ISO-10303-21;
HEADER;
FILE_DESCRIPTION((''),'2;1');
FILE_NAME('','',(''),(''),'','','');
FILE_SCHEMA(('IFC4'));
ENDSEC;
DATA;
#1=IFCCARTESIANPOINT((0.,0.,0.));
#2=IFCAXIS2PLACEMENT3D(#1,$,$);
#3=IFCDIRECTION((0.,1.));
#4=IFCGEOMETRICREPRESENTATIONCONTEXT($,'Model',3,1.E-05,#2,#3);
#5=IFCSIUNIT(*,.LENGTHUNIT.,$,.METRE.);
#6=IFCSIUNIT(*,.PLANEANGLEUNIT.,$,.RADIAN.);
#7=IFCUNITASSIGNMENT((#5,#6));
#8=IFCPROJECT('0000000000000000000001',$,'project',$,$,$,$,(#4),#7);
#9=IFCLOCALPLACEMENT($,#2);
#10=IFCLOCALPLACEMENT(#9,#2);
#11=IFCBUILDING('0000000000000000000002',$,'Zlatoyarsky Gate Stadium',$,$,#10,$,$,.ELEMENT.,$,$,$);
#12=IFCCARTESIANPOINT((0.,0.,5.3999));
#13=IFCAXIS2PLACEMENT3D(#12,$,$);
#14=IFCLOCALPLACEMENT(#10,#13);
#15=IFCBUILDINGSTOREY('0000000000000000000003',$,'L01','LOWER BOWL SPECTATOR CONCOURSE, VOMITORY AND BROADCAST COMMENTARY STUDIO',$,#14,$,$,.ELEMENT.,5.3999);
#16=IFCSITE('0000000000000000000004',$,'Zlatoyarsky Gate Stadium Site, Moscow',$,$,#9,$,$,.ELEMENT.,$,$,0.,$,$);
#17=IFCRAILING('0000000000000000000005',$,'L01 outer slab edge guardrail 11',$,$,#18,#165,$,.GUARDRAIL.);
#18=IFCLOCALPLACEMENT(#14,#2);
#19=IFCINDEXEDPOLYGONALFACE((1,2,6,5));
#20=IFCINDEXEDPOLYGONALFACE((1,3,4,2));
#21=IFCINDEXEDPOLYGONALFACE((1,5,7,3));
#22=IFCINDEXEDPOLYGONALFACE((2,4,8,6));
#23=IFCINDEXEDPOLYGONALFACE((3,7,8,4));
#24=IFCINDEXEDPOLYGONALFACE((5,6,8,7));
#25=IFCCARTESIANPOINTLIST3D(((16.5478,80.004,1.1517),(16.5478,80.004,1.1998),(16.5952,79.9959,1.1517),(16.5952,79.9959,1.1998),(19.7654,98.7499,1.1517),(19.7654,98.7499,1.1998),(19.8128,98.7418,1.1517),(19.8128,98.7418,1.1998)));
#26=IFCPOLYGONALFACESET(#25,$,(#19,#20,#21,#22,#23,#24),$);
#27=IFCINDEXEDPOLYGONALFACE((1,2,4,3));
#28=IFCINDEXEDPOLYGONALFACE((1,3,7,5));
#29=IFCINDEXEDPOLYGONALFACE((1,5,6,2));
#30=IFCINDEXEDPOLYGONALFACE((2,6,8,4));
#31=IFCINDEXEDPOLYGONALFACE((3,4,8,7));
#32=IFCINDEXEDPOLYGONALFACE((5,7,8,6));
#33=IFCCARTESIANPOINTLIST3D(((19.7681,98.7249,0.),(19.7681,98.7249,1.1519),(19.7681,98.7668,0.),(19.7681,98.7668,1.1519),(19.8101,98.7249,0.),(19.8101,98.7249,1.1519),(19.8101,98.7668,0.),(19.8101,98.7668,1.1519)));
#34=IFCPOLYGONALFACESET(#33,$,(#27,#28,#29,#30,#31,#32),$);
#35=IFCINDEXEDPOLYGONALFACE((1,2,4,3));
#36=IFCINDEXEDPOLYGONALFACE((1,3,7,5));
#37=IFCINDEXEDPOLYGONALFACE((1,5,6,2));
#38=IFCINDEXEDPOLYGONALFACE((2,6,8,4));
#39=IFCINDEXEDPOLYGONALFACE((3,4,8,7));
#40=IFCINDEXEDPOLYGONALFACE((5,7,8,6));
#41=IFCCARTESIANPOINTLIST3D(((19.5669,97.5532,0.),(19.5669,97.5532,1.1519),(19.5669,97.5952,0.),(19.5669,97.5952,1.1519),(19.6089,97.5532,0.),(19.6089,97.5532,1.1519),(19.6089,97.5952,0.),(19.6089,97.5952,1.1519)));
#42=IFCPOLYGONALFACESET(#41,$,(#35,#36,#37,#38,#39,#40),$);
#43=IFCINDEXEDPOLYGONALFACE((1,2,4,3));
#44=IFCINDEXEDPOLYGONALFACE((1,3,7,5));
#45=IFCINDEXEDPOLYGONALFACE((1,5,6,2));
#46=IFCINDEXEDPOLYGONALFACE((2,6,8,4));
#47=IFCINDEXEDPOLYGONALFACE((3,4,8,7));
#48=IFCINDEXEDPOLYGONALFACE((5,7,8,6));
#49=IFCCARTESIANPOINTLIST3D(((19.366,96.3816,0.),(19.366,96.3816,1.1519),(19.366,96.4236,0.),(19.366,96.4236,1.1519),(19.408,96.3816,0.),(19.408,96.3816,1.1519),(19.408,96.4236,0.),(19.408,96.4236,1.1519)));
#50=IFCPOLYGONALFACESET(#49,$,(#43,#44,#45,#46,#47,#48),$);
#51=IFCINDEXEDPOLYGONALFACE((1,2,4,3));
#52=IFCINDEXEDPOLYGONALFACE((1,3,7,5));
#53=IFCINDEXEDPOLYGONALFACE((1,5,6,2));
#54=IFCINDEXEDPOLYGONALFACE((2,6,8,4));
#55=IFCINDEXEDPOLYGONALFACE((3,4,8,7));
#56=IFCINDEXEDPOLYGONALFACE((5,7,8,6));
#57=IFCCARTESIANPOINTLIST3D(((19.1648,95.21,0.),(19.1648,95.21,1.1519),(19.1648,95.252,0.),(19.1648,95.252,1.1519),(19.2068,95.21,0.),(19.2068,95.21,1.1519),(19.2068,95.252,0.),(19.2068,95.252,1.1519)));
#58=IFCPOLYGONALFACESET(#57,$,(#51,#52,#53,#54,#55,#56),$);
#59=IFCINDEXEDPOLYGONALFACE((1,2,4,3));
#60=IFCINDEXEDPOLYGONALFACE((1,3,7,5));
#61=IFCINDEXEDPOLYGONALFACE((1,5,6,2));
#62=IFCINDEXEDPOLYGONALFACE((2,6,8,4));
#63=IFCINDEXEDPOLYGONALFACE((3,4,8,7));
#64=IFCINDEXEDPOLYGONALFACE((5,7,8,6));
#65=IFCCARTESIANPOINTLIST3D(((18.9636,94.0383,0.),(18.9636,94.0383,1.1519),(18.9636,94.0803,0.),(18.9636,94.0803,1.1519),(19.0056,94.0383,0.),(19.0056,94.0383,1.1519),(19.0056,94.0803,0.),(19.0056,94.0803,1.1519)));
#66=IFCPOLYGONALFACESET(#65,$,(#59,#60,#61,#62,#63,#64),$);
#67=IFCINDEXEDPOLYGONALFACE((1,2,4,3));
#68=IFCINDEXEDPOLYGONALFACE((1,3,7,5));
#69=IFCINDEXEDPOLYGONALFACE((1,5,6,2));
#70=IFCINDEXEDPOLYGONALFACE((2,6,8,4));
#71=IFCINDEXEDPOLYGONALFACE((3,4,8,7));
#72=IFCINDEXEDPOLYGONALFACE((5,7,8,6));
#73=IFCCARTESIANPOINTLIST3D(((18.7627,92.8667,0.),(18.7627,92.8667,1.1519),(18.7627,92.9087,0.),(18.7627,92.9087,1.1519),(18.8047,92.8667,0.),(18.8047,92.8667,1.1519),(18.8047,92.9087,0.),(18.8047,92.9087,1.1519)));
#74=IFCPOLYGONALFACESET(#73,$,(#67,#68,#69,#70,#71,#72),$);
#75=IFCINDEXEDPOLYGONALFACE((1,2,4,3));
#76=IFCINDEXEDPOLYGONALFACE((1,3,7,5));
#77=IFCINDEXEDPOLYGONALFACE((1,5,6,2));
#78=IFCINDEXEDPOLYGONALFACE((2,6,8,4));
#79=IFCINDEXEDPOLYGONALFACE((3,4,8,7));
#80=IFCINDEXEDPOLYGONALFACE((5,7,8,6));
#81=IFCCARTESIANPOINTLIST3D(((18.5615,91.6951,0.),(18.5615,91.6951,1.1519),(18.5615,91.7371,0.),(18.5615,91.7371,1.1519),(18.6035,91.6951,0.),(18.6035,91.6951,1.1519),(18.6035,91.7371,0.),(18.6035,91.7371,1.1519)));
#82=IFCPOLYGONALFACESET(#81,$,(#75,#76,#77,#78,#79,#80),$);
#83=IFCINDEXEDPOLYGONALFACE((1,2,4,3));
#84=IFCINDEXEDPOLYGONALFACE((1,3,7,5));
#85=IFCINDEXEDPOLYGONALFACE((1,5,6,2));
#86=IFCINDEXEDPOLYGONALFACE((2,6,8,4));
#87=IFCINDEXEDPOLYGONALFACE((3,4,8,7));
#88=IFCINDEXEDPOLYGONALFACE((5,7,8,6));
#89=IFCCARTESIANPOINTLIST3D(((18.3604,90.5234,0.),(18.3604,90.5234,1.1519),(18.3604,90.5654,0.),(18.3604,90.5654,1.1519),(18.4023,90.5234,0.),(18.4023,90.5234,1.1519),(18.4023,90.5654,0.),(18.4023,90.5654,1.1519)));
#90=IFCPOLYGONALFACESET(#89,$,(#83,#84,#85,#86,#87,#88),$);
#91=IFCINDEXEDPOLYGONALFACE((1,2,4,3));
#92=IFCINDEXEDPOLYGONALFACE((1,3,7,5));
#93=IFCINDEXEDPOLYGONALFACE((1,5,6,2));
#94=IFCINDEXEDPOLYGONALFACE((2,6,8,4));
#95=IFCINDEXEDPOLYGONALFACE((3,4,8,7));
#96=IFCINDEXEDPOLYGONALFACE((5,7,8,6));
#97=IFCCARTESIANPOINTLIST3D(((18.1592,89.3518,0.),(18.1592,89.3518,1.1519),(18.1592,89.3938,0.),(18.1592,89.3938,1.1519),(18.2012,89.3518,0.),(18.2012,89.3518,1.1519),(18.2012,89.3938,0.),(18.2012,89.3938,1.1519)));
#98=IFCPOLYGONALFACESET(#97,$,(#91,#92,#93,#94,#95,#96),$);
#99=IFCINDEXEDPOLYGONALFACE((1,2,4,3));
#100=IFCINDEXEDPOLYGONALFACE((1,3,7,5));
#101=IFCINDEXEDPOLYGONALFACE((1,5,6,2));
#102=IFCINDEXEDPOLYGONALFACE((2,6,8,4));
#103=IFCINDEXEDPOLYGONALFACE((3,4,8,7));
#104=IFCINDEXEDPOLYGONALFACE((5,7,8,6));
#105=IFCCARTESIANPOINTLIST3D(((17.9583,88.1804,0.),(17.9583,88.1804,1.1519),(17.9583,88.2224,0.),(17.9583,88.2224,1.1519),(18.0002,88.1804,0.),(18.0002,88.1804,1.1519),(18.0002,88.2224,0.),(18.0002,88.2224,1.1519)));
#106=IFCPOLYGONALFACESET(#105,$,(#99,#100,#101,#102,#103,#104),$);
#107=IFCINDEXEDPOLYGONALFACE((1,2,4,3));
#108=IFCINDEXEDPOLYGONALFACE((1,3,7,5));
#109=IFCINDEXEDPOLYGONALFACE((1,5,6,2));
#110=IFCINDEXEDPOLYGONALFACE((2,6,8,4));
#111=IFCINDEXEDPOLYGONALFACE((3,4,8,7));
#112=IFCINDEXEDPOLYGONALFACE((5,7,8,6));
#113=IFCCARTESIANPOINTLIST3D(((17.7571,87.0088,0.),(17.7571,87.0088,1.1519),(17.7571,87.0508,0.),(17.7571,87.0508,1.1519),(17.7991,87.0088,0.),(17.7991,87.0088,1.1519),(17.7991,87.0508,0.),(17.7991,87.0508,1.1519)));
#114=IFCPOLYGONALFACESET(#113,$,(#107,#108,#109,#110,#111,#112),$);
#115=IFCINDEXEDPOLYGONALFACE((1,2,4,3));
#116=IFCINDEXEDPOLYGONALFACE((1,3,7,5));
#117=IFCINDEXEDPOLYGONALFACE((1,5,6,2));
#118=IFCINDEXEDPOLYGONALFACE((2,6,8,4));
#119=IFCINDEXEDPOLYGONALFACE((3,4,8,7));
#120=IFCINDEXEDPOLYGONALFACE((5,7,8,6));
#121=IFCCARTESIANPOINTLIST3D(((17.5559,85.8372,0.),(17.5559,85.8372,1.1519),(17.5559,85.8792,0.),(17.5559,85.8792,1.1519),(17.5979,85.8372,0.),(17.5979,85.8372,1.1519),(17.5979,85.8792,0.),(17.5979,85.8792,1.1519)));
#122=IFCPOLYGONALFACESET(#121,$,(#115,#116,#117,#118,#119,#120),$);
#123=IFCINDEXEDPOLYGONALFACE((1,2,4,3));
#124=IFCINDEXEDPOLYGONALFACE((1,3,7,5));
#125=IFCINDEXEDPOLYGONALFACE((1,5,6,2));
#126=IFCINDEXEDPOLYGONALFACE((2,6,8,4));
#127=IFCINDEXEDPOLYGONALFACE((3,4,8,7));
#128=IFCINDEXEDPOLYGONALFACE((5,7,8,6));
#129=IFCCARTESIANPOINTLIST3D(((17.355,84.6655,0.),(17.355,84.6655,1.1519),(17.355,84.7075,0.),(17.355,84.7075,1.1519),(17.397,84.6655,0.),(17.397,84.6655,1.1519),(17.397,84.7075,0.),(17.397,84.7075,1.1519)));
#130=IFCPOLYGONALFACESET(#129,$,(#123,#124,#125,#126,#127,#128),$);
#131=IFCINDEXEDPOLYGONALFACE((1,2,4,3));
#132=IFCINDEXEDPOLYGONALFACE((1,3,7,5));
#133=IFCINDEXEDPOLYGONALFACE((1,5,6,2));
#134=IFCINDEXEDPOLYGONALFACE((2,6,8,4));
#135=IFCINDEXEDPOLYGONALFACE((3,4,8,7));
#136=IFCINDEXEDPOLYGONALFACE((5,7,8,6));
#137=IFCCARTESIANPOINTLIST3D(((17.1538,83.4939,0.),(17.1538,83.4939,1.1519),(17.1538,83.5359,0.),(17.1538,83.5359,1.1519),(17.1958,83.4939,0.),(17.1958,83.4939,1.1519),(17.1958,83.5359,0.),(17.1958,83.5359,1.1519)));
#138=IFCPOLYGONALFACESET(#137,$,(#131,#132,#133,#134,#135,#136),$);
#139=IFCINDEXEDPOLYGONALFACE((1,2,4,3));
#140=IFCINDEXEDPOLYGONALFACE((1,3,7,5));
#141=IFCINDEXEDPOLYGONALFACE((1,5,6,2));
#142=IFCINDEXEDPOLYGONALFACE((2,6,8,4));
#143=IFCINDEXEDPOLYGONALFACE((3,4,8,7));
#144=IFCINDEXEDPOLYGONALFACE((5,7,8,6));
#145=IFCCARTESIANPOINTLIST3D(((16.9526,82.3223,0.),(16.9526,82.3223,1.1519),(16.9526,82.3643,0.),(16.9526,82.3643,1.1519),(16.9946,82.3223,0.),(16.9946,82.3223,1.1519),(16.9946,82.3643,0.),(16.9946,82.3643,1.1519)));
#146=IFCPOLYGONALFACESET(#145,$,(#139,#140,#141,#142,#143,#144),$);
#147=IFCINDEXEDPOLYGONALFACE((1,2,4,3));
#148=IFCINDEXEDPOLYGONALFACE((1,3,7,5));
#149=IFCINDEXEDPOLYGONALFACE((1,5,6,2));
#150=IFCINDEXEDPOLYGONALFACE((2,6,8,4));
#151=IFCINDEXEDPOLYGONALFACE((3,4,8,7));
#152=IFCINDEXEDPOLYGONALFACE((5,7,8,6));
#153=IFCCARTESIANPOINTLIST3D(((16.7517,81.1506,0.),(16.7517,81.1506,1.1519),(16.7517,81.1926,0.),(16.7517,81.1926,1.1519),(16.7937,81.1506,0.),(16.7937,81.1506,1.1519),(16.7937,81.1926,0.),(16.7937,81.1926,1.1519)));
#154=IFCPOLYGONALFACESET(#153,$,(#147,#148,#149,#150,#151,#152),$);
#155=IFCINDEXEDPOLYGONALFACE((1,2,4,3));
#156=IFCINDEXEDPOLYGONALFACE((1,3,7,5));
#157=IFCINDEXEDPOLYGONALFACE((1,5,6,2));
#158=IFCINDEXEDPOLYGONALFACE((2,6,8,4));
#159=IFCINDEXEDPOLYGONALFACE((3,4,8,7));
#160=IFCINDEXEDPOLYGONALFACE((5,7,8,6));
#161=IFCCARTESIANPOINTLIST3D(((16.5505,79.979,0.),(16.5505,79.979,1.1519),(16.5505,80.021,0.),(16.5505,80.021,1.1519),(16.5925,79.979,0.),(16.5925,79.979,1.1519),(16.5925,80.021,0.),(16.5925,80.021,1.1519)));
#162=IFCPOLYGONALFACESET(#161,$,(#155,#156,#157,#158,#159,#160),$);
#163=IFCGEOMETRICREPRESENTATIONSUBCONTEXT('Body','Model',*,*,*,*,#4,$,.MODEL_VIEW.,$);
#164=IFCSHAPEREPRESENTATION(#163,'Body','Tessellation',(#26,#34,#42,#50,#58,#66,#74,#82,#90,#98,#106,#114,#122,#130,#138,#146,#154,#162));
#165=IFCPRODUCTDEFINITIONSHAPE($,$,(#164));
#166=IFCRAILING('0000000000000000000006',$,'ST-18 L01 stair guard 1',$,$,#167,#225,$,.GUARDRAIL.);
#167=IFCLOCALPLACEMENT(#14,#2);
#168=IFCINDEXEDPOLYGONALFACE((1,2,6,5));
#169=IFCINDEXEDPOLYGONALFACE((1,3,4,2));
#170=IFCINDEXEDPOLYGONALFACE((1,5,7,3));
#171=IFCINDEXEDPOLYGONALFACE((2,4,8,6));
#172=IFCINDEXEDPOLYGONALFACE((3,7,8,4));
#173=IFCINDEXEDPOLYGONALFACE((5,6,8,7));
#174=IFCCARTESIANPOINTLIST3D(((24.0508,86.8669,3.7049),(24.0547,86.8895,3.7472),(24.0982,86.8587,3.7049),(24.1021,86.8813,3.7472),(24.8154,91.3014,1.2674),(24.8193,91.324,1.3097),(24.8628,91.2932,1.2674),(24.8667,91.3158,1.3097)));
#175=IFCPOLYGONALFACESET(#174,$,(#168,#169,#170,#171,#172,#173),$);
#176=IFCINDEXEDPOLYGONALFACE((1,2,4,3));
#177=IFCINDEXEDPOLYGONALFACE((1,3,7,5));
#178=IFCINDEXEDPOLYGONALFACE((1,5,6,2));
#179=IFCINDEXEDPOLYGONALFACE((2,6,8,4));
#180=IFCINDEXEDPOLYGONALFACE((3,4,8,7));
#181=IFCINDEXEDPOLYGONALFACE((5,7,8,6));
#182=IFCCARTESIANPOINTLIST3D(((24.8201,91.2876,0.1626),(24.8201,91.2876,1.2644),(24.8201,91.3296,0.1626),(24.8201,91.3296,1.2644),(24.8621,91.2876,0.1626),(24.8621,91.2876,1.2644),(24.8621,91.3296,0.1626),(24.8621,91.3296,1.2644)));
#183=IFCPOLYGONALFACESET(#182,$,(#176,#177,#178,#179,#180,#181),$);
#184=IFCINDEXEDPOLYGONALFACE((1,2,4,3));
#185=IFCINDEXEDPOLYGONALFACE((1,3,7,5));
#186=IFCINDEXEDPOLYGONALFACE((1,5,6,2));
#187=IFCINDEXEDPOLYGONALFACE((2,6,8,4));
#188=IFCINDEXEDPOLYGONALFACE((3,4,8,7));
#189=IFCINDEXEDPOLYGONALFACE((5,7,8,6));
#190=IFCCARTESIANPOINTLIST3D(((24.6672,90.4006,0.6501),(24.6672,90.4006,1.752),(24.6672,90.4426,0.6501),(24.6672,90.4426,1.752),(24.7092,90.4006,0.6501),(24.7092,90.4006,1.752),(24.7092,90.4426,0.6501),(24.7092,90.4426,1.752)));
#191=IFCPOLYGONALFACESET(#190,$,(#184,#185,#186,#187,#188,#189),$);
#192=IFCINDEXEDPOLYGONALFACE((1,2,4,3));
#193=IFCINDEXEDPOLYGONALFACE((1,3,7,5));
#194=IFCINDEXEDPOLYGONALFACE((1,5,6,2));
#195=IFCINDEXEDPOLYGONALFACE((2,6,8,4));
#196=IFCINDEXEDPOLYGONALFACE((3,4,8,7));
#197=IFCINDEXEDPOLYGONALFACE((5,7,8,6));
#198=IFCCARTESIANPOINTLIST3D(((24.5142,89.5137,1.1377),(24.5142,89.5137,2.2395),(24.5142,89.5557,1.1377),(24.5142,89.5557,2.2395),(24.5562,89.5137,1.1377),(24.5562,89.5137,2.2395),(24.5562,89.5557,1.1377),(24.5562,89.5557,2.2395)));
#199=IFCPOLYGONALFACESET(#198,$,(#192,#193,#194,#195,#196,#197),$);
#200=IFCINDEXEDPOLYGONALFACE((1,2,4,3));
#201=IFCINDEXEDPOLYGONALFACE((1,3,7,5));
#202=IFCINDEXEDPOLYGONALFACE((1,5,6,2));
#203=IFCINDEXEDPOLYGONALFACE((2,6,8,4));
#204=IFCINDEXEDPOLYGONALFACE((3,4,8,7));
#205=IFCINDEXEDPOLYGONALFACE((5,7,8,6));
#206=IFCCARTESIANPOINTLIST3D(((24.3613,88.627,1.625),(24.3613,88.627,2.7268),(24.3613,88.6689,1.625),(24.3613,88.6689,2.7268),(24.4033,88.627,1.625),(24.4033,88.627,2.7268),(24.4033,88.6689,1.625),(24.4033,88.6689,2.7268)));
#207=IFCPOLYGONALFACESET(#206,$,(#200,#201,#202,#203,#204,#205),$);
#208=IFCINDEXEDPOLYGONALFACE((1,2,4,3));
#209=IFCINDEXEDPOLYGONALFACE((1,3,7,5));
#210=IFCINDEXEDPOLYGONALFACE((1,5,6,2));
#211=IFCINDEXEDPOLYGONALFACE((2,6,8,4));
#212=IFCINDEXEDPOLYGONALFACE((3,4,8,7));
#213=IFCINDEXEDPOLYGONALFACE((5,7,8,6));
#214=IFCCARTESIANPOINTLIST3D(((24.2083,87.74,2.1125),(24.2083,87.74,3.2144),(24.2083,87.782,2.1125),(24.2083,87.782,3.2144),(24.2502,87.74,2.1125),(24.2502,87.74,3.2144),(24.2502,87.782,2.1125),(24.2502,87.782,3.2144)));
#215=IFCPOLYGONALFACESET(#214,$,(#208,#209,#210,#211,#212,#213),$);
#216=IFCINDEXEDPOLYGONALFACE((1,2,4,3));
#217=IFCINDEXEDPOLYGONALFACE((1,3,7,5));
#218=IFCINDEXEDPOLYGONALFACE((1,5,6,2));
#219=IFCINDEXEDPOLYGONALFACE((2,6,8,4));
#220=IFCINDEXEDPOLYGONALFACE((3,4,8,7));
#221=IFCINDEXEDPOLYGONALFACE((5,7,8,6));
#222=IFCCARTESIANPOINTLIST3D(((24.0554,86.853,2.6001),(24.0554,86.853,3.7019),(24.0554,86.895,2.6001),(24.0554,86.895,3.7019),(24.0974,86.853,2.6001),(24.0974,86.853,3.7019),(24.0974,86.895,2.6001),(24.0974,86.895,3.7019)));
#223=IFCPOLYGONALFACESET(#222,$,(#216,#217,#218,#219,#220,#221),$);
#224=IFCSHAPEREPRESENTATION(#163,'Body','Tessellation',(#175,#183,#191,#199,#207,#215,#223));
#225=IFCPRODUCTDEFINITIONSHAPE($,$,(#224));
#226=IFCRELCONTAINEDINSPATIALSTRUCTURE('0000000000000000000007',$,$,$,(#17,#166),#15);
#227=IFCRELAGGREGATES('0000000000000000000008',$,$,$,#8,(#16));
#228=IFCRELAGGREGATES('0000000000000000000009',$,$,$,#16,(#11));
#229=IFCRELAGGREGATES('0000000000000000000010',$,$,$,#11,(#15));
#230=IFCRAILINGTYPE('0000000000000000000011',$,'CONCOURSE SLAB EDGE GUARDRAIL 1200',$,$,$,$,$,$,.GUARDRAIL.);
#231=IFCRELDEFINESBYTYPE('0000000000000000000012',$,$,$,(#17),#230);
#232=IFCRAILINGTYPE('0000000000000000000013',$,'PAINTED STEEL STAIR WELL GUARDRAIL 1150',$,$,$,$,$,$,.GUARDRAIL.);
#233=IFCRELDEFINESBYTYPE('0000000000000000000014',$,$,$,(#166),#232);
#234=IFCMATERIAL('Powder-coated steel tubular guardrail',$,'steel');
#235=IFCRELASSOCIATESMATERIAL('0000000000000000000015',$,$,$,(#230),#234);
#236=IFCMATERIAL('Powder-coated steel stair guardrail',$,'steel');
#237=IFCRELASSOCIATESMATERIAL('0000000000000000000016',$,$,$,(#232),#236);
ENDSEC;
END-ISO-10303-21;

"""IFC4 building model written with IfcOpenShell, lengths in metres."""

from ifc_helpers import new_model, si_unit, direction, frame, origin, origin_2d, place, context, subcontext, project, spatial, rectangle, extrude, material, type_object, element, save


model = new_model("IFC4")

# Units and contexts
model_context = context("Model", 3, precision=1e-05, world=origin(), true_north=direction((0.0, 1.0)))
body_context = subcontext(model_context, "Body", "Model", "MODEL_VIEW")
ifc_project = project(units=[si_unit("LENGTHUNIT", "METRE"), si_unit("PLANEANGLEUNIT", "RADIAN")], contexts=[model_context])

# Site, building, storey
site_placement = place(None, origin())
site = spatial("IfcSite", under=ifc_project, at=site_placement, Name="Zlatoyarsky Gate Stadium Site, Moscow", CompositionType="ELEMENT", RefElevation=0.0)
building_placement = place(site_placement, origin())
building = spatial("IfcBuilding", under=site, at=building_placement, Name="Zlatoyarsky Gate Stadium", CompositionType="ELEMENT")
storey_placement = place(building_placement, frame((0.0, 0.0, 5.3999)))
storey = spatial("IfcBuildingStorey", under=building, at=storey_placement, Name="L01", Description="LOWER BOWL SPECTATOR CONCOURSE, VOMITORY AND BROADCAST COMMENTARY STUDIO", CompositionType="ELEMENT", Elevation=5.3999)

# Railings
ifc_material_1 = material(Name="Powder-coated steel tubular guardrail", Category="steel")
railing_type_1 = type_object("IfcRailingType", Name="CONCOURSE SLAB EDGE GUARDRAIL 1200", PredefinedType="GUARDRAIL", material=ifc_material_1)
railing_1_placement = place(storey_placement, frame((19.7891, 98.7458, 0.0)))
element("IfcRailing", 1, at=railing_1_placement, inside=storey, type_object=railing_type_1, Name="L01 outer slab edge guardrail 11", PredefinedType="GUARDRAIL", context=body_context, shape_type="SweptSolid", body=[
    extrude(rectangle(XDim=0.0481, YDim=0.0481, at=origin_2d()), frame((0.0, 0.0, 1.1758), z_axis=(-0.169166, -0.985588, 0.0), x_axis=(0.985588, -0.169166, 0.0)), (0.0, 0.0, 1.0), 19.02),
    extrude(rectangle(XDim=0.042, YDim=0.042, at=origin_2d()), origin(), (0.0, 0.0, 1.0), 1.1519),
    extrude(rectangle(XDim=0.042, YDim=0.042, at=origin_2d()), frame((-0.2012, -1.1716, 0.0)), (0.0, 0.0, 1.0), 1.1519),
    extrude(rectangle(XDim=0.042, YDim=0.042, at=origin_2d()), frame((-0.4021, -2.3433, 0.0)), (0.0, 0.0, 1.0), 1.1519),
    extrude(rectangle(XDim=0.042, YDim=0.042, at=origin_2d()), frame((-0.6033, -3.5149, 0.0)), (0.0, 0.0, 1.0), 1.1519),
    extrude(rectangle(XDim=0.042, YDim=0.042, at=origin_2d()), frame((-0.8044, -4.6865, 0.0)), (0.0, 0.0, 1.0), 1.1519),
    extrude(rectangle(XDim=0.042, YDim=0.042, at=origin_2d()), frame((-1.0054, -5.8582, 0.0)), (0.0, 0.0, 1.0), 1.1519),
    extrude(rectangle(XDim=0.042, YDim=0.042, at=origin_2d()), frame((-1.2065, -7.0298, 0.0)), (0.0, 0.0, 1.0), 1.1519),
    extrude(rectangle(XDim=0.042, YDim=0.042, at=origin_2d()), frame((-1.4077, -8.2014, 0.0)), (0.0, 0.0, 1.0), 1.1519),
    extrude(rectangle(XDim=0.042, YDim=0.042, at=origin_2d()), frame((-1.6089, -9.373, 0.0)), (0.0, 0.0, 1.0), 1.1519),
    extrude(rectangle(XDim=0.042, YDim=0.042, at=origin_2d()), frame((-1.8098, -10.5444, 0.0)), (0.0, 0.0, 1.0), 1.1519),
    extrude(rectangle(XDim=0.042, YDim=0.042, at=origin_2d()), frame((-2.011, -11.7161, 0.0)), (0.0, 0.0, 1.0), 1.1519),
    extrude(rectangle(XDim=0.042, YDim=0.042, at=origin_2d()), frame((-2.2122, -12.8877, 0.0)), (0.0, 0.0, 1.0), 1.1519),
    extrude(rectangle(XDim=0.042, YDim=0.042, at=origin_2d()), frame((-2.4131, -14.0593, 0.0)), (0.0, 0.0, 1.0), 1.1519),
    extrude(rectangle(XDim=0.042, YDim=0.042, at=origin_2d()), frame((-2.6143, -15.231, 0.0)), (0.0, 0.0, 1.0), 1.1519),
    extrude(rectangle(XDim=0.042, YDim=0.042, at=origin_2d()), frame((-2.8154, -16.4026, 0.0)), (0.0, 0.0, 1.0), 1.1519),
    extrude(rectangle(XDim=0.042, YDim=0.042, at=origin_2d()), frame((-3.0164, -17.5742, 0.0)), (0.0, 0.0, 1.0), 1.1519),
    extrude(rectangle(XDim=0.042, YDim=0.042, at=origin_2d()), frame((-3.2175, -18.7458, 0.0)), (0.0, 0.0, 1.0), 1.1519),
])
ifc_material_2 = material(Name="Powder-coated steel stair guardrail", Category="steel")
railing_type_2 = type_object("IfcRailingType", Name="PAINTED STEEL STAIR WELL GUARDRAIL 1150", PredefinedType="GUARDRAIL", material=ifc_material_2)
railing_2_placement = place(storey_placement, frame((24.8411, 91.3086, 0.1626)))
element("IfcRailing", 2, at=railing_2_placement, inside=storey, type_object=railing_type_2, Name="ST-18 L01 stair guard 1", PredefinedType="GUARDRAIL", context=body_context, shape_type="SweptSolid", body=[
    extrude(rectangle(XDim=0.0481, YDim=0.0481, at=origin_2d()), frame((0.0, 0.0, 1.126), z_axis=(-0.149411, -0.866505, 0.476282), x_axis=(0.985458, -0.169921, 0.0)), (0.0, 0.0, 1.0), 5.1177),
    extrude(rectangle(XDim=0.042, YDim=0.042, at=origin_2d()), origin(), (0.0, 0.0, 1.0), 1.1018),
    extrude(rectangle(XDim=0.042, YDim=0.042, at=origin_2d()), frame((-0.1528, -0.887, 0.4875)), (0.0, 0.0, 1.0), 1.1018),
    extrude(rectangle(XDim=0.042, YDim=0.042, at=origin_2d()), frame((-0.3059, -1.7739, 0.9751)), (0.0, 0.0, 1.0), 1.1018),
    extrude(rectangle(XDim=0.042, YDim=0.042, at=origin_2d()), frame((-0.4587, -2.6606, 1.4624)), (0.0, 0.0, 1.0), 1.1018),
    extrude(rectangle(XDim=0.042, YDim=0.042, at=origin_2d()), frame((-0.6118, -3.5476, 1.95)), (0.0, 0.0, 1.0), 1.1018),
    extrude(rectangle(XDim=0.042, YDim=0.042, at=origin_2d()), frame((-0.7646, -4.4346, 2.4375)), (0.0, 0.0, 1.0), 1.1018),
])

save(model, "model.ifc")
